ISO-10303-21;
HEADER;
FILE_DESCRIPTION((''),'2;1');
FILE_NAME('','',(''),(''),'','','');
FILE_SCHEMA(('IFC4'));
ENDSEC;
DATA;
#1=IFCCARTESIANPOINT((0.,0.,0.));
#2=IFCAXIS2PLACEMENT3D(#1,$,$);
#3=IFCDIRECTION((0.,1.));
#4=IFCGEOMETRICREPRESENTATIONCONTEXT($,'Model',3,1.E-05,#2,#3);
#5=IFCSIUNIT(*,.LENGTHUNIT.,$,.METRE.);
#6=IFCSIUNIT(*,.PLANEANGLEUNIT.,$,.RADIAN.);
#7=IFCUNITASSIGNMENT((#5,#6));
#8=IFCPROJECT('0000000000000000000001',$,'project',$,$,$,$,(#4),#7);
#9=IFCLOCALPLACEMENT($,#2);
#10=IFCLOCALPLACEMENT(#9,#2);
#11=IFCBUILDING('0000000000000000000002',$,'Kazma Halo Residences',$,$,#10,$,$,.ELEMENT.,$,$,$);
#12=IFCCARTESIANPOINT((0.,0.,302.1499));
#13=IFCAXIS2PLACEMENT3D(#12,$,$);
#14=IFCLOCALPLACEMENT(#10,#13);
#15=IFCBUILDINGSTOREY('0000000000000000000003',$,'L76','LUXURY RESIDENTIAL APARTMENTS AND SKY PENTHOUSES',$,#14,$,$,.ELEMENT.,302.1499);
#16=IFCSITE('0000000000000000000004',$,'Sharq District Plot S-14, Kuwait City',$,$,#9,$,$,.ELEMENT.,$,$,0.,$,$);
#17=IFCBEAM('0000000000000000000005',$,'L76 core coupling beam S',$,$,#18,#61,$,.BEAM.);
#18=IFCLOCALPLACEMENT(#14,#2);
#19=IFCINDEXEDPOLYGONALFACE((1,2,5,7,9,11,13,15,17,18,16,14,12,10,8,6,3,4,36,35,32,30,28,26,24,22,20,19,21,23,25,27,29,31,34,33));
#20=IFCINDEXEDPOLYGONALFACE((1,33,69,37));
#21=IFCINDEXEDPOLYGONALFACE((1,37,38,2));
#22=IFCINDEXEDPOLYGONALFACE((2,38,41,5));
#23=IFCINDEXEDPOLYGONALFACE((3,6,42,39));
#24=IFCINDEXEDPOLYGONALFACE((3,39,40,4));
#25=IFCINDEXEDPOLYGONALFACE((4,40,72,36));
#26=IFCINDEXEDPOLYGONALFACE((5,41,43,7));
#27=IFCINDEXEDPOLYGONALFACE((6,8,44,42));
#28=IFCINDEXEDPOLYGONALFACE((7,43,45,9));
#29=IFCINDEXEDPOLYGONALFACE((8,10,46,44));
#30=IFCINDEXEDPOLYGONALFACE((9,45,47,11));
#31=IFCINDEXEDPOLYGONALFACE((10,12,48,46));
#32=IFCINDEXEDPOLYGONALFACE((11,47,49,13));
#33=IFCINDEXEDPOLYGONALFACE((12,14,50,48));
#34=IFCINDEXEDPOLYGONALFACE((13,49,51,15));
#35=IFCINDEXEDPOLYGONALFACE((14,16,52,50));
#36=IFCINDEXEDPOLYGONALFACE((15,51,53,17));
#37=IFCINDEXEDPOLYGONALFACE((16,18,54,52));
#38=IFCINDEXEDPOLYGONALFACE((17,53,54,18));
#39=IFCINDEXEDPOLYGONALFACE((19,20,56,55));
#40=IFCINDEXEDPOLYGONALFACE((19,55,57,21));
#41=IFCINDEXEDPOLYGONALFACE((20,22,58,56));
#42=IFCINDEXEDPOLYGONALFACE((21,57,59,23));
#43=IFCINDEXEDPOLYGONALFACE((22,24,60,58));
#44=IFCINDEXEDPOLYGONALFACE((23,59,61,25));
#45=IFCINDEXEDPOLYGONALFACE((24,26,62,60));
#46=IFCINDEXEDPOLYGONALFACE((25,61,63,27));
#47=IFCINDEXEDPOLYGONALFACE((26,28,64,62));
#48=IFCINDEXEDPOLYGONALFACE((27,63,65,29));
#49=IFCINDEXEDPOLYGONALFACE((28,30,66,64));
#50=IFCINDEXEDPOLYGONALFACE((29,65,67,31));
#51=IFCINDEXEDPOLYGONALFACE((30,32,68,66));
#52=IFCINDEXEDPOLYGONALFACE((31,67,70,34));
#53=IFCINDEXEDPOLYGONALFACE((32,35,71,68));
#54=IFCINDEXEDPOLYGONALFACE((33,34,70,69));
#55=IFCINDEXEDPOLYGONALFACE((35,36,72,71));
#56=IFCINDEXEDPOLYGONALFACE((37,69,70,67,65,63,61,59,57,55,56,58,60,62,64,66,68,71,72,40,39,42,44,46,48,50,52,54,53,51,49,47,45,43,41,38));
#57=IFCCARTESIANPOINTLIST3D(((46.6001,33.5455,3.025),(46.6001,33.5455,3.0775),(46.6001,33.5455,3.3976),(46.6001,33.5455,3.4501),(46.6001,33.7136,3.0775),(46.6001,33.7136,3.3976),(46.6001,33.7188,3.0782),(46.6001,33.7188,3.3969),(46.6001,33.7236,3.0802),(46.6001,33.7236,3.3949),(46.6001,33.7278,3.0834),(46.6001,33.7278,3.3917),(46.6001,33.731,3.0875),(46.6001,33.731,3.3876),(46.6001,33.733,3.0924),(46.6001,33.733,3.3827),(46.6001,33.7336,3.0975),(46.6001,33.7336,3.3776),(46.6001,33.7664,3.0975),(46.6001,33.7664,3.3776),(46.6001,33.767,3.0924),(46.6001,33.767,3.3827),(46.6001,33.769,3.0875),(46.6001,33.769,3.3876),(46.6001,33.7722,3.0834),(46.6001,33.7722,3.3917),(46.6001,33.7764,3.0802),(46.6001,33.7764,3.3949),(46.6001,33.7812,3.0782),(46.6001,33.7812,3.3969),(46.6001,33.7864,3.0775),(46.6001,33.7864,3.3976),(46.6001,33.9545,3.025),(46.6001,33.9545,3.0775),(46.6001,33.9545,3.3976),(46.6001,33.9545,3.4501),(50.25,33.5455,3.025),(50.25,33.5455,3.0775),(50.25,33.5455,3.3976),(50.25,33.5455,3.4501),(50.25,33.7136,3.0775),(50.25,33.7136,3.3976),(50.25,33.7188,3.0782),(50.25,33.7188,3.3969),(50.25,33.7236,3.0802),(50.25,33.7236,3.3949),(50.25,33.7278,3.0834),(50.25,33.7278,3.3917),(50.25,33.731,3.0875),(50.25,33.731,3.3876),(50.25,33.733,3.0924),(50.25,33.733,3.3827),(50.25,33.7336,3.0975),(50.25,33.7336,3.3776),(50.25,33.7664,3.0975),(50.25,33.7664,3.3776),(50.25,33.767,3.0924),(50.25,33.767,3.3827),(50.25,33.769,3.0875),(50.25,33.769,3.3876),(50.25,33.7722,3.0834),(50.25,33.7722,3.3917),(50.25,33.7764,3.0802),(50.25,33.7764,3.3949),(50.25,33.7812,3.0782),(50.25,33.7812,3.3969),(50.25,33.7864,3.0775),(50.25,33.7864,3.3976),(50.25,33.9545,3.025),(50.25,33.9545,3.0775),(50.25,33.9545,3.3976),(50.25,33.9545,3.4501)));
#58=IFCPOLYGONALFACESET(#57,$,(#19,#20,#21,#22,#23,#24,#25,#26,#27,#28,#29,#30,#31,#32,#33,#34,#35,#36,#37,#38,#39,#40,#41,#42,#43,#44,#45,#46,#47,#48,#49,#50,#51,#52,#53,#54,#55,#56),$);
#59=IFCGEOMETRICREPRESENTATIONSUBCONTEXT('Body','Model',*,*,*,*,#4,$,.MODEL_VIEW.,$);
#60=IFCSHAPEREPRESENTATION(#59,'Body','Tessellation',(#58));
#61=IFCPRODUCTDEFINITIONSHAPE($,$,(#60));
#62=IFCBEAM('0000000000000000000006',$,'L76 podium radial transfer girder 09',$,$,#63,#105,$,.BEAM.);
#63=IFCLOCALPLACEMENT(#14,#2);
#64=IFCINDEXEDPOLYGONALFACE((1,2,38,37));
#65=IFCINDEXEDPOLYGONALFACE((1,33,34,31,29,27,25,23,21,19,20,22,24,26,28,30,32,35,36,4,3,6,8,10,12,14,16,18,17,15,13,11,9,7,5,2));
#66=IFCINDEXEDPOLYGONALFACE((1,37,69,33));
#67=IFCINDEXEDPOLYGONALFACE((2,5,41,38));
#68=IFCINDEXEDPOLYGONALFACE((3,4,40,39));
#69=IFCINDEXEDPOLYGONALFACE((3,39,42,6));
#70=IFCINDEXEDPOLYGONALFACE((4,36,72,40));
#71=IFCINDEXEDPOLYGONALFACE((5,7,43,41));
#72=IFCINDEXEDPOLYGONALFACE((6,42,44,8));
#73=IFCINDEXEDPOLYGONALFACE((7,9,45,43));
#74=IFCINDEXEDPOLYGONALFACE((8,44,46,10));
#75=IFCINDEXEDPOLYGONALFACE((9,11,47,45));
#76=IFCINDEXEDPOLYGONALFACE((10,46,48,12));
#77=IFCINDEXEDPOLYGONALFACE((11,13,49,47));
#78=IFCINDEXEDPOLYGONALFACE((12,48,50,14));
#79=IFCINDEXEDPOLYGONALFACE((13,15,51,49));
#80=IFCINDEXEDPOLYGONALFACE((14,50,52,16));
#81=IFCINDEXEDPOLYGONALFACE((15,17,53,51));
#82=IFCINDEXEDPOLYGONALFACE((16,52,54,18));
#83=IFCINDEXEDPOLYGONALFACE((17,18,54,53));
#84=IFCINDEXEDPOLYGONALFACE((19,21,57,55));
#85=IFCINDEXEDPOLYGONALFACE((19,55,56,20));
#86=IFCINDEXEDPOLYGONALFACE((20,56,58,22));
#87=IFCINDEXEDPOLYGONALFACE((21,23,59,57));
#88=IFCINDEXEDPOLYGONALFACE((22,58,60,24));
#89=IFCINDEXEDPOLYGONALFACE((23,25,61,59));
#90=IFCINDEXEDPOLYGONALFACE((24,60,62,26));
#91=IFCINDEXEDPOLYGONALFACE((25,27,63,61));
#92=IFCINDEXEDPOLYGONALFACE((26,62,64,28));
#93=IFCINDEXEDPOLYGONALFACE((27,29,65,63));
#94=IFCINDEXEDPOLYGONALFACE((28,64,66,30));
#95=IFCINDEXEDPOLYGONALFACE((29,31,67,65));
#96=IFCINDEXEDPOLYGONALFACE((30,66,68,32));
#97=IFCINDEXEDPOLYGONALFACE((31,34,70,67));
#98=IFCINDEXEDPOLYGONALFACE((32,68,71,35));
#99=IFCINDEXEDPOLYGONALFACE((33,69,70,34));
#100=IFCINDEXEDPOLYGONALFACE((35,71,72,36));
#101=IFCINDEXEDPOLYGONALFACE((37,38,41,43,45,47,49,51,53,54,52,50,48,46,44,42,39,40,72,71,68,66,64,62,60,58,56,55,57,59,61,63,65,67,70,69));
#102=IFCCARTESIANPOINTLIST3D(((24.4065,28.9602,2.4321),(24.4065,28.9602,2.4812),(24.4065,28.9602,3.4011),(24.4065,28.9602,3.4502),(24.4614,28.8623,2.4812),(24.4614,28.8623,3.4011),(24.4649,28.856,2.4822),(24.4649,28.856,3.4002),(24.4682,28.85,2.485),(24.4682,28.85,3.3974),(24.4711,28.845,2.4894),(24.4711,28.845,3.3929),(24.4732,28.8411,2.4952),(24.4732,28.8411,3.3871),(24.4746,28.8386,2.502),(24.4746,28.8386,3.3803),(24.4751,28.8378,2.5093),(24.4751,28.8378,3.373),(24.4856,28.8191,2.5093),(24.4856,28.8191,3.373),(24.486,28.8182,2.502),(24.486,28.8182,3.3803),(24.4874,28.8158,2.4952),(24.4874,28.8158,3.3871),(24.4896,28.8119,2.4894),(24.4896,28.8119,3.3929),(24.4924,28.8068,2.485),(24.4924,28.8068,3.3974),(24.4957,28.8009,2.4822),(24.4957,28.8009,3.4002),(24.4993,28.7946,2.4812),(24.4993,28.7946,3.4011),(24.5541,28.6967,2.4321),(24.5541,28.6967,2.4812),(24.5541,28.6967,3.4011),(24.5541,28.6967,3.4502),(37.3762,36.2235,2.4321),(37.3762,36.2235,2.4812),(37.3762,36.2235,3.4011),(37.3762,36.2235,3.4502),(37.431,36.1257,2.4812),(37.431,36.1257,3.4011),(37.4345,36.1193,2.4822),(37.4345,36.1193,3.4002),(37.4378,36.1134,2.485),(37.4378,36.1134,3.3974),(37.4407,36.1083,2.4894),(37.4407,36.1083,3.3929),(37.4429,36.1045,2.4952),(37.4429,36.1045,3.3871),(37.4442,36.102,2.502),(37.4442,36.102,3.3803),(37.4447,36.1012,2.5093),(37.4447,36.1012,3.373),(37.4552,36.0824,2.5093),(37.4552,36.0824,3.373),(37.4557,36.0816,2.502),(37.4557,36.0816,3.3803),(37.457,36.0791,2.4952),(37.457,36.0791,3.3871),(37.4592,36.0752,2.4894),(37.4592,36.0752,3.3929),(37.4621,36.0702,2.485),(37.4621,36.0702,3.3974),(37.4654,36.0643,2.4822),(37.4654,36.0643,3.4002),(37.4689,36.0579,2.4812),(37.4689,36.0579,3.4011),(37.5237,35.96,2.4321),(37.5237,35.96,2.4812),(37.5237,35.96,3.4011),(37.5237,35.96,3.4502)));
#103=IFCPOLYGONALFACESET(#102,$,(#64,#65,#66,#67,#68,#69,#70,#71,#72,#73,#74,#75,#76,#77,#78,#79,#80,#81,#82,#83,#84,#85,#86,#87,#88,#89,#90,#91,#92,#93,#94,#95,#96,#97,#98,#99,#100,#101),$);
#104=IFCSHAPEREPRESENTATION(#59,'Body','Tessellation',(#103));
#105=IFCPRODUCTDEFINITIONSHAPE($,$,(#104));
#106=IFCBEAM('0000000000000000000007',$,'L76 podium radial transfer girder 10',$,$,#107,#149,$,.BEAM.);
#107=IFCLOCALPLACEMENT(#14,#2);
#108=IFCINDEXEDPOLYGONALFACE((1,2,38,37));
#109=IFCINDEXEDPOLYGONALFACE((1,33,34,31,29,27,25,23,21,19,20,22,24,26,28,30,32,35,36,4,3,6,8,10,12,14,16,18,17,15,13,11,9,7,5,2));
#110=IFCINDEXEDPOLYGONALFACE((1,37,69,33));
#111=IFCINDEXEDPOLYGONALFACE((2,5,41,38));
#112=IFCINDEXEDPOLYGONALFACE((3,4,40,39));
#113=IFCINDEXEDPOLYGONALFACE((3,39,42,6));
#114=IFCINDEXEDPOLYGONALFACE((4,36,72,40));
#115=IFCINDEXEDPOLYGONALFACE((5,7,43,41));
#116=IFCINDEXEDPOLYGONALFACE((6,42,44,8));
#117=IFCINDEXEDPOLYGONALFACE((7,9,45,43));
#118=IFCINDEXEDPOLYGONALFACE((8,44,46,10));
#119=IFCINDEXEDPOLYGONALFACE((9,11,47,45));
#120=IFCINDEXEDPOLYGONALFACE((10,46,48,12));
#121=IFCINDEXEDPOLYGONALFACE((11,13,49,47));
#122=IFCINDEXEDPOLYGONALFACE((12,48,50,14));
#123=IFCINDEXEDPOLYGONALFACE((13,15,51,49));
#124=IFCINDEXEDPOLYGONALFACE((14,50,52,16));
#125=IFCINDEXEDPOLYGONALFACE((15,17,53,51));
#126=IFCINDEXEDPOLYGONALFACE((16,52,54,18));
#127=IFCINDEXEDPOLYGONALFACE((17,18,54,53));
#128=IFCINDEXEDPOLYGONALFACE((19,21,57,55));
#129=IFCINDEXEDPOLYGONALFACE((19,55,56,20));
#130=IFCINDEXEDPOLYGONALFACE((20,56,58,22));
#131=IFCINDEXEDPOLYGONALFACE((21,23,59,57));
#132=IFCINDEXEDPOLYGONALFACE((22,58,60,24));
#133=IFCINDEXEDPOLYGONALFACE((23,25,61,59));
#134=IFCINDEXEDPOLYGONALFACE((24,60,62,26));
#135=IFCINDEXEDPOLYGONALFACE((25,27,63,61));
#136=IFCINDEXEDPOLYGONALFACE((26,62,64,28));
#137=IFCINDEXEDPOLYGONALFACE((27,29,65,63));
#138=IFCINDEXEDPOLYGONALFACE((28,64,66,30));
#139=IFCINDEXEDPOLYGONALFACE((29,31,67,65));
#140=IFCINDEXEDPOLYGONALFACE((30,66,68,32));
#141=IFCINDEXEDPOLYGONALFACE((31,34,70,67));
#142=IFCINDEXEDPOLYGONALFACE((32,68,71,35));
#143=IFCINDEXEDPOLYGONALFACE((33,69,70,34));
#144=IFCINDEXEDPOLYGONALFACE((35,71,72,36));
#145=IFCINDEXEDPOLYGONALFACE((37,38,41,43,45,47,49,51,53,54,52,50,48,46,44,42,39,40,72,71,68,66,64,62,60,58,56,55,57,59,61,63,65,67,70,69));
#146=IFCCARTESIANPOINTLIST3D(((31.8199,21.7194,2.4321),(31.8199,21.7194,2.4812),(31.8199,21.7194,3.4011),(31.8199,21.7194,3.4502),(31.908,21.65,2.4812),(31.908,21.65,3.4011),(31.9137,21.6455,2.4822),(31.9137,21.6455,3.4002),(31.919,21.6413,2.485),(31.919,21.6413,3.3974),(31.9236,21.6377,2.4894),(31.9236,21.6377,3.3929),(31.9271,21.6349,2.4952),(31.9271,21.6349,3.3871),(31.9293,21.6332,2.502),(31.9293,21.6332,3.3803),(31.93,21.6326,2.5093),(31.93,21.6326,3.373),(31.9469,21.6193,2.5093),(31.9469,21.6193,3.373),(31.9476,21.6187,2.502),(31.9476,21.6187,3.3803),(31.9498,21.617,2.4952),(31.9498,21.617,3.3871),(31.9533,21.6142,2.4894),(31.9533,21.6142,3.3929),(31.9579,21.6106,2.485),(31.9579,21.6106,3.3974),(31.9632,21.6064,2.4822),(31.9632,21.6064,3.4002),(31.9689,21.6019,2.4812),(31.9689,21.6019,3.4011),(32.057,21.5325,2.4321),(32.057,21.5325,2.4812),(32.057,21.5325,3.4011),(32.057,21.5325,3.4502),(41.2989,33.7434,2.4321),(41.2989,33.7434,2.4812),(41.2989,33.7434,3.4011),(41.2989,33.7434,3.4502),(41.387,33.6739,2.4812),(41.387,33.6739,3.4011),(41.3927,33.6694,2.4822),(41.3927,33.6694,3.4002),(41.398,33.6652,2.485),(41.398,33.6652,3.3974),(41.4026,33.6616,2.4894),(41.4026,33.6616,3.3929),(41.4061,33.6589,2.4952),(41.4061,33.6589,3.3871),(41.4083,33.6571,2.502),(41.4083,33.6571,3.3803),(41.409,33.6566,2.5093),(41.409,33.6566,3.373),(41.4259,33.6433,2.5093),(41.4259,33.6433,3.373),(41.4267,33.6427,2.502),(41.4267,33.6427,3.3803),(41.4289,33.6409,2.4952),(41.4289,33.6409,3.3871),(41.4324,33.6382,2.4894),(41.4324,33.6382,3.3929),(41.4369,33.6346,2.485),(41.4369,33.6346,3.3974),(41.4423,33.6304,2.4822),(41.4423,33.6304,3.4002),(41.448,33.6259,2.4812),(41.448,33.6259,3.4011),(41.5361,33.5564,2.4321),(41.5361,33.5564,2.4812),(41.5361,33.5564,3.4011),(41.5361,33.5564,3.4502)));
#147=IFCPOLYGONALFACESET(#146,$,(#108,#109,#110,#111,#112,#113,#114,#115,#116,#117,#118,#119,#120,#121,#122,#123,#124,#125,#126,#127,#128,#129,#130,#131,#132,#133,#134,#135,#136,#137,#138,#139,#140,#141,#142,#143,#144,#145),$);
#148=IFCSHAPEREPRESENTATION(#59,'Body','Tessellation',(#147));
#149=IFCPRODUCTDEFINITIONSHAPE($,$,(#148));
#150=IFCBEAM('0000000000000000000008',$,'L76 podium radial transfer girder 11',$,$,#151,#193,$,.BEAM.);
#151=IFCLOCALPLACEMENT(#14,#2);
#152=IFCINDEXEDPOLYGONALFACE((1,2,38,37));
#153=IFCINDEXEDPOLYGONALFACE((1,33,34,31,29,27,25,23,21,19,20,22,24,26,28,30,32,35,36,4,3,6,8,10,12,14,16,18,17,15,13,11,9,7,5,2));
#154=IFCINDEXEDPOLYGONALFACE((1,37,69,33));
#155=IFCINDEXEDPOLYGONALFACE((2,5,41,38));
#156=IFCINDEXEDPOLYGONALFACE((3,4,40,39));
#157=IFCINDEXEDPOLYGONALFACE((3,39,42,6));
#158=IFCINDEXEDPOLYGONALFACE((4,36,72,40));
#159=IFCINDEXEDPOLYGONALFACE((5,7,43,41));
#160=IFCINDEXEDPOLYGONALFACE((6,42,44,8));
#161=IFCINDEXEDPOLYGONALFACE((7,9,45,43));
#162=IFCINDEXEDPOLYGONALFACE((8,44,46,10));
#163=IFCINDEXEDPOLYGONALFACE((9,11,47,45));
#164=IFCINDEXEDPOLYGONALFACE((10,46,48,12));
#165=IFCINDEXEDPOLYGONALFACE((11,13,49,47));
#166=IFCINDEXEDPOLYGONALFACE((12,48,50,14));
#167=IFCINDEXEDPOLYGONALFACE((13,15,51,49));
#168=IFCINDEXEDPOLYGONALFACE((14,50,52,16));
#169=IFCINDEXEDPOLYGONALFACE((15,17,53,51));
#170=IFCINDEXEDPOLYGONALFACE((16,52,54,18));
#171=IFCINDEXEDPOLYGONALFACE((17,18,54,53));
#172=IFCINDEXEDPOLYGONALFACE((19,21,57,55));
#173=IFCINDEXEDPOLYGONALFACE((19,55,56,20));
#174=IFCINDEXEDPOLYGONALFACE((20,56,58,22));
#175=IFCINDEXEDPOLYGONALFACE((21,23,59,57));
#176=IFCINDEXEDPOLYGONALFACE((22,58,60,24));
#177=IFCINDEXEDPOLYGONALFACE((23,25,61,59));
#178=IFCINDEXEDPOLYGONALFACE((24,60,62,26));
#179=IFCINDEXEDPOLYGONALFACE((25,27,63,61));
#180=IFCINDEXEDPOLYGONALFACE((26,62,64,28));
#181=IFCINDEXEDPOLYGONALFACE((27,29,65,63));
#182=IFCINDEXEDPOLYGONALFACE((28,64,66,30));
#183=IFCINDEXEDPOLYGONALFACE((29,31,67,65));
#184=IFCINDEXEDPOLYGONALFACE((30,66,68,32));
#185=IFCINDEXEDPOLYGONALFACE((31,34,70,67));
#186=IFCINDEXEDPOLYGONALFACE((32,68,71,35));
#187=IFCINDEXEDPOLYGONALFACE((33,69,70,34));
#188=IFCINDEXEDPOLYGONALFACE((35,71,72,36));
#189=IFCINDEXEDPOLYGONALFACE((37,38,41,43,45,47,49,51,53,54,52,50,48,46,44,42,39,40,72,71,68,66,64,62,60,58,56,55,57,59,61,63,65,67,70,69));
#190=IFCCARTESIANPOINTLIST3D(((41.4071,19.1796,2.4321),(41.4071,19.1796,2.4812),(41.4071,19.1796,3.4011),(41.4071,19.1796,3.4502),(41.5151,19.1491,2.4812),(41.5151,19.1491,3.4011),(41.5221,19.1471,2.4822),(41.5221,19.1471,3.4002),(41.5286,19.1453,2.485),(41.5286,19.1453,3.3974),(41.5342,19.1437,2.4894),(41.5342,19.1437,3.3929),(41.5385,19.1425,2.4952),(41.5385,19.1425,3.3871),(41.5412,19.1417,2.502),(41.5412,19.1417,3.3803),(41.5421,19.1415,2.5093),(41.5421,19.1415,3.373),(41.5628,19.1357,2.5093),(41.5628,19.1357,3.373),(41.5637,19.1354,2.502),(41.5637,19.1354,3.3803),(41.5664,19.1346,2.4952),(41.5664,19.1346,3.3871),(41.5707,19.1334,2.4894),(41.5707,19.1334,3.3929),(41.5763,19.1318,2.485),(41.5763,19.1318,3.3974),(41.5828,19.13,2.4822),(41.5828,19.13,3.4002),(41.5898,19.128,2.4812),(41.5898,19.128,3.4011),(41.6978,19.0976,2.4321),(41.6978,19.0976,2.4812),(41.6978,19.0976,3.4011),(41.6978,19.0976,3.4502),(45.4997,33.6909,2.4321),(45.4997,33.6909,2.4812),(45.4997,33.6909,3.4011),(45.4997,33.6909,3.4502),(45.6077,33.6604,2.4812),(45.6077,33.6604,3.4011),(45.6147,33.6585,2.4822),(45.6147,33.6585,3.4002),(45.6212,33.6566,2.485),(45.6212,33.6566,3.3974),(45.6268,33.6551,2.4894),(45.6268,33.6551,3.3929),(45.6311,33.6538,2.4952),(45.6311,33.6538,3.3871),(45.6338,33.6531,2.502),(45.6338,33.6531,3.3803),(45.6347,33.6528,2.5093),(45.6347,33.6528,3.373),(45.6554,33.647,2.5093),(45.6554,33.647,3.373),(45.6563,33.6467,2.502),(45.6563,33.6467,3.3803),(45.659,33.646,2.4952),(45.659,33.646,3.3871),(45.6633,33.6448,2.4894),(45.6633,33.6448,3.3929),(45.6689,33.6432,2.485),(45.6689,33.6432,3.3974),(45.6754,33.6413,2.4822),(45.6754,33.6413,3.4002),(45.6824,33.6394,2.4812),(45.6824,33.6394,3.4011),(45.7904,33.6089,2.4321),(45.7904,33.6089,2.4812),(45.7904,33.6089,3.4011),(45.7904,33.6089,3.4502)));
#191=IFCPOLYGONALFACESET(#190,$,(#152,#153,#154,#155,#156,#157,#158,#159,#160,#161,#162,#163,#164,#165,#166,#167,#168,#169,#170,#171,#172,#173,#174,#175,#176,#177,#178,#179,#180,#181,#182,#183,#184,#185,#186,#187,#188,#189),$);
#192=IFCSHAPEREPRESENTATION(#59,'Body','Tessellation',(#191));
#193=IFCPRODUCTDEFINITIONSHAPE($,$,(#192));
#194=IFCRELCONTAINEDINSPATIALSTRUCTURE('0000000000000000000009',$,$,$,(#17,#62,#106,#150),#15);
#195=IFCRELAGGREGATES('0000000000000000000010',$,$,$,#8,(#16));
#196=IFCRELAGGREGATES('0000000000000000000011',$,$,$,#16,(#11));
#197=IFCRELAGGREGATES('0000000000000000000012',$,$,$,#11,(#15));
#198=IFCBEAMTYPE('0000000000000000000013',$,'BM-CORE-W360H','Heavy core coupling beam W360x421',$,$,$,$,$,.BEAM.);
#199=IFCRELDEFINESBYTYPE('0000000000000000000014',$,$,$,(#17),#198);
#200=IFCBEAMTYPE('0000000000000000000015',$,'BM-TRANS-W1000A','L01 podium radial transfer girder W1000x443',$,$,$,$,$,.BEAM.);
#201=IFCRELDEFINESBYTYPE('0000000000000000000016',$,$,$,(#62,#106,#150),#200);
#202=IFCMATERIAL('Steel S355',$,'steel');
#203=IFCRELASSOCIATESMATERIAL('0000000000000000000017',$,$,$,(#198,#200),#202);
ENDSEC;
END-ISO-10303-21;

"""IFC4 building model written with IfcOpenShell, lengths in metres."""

from ifc_helpers import new_model, si_unit, direction, frame, origin, origin_2d, place, context, subcontext, project, spatial, i_section, extrude, material, material_profile, profile_set, type_object, element, save


model = new_model("IFC4")

# Units and contexts
model_context = context("Model", 3, precision=1e-05, world=origin(), true_north=direction((0.0, 1.0)))
body_context = subcontext(model_context, "Body", "Model", "MODEL_VIEW")
ifc_project = project(units=[si_unit("LENGTHUNIT", "METRE"), si_unit("PLANEANGLEUNIT", "RADIAN")], contexts=[model_context])

# Site, building, storey
site_placement = place(None, origin())
site = spatial("IfcSite", under=ifc_project, at=site_placement, Name="Sharq District Plot S-14, Kuwait City", CompositionType="ELEMENT", RefElevation=0.0)
building_placement = place(site_placement, origin())
building = spatial("IfcBuilding", under=site, at=building_placement, Name="Kazma Halo Residences", CompositionType="ELEMENT")
storey_placement = place(building_placement, frame((0.0, 0.0, 302.1499)))
storey = spatial("IfcBuildingStorey", under=building, at=storey_placement, Name="L76", Description="LUXURY RESIDENTIAL APARTMENTS AND SKY PENTHOUSES", CompositionType="ELEMENT", Elevation=302.1499)

# Beams
ifc_material_1 = material(Name="Steel S355", Category="steel")
ifc_material_profile_1 = material_profile(ifc_material_1, i_section(OverallWidth=0.4089, OverallDepth=0.425, WebThickness=0.0327, FlangeThickness=0.0525, FilletRadius=0.02, at=origin_2d()), Name="W360x421")
ifc_profile_set_1 = profile_set([ifc_material_profile_1], Name="Steel S355")
beam_type_1 = type_object("IfcBeamType", Name="BM-CORE-W360H", Description="Heavy core coupling beam W360x421", PredefinedType="BEAM", material=ifc_profile_set_1)
beam_1_placement = place(storey_placement, frame((46.6001, 33.75, 3.2375), z_axis=(1.0, 0.0, 0.0), x_axis=(0.0, 1.0, 0.0)))
element("IfcBeam", 1, at=beam_1_placement, inside=storey, type_object=beam_type_1, Name="L76 core coupling beam S", PredefinedType="BEAM", context=body_context, shape_type="SweptSolid", body=[
    extrude(i_section(OverallWidth=0.4089, OverallDepth=0.425, WebThickness=0.0327, FlangeThickness=0.0525, FilletRadius=0.02, at=origin_2d()), origin(), (0.0, 0.0, 1.0), 3.6499),
])
ifc_material_profile_2 = material_profile(ifc_material_1, i_section(OverallWidth=0.302, OverallDepth=1.0181, WebThickness=0.0215, FlangeThickness=0.0491, FilletRadius=0.0281, at=origin_2d()), Name="W1000x443")
ifc_profile_set_2 = profile_set([ifc_material_profile_2], Name="Steel S355")
beam_type_2 = type_object("IfcBeamType", Name="BM-TRANS-W1000A", Description="L01 podium radial transfer girder W1000x443", PredefinedType="BEAM", material=ifc_profile_set_2)
beam_2_placement = place(storey_placement, frame((37.45, 36.0918, 2.9412), z_axis=(-0.872495, -0.488623, 0.0), x_axis=(0.488623, -0.872495, 0.0)))
element("IfcBeam", 2, at=beam_2_placement, inside=storey, type_object=beam_type_2, Name="L76 podium radial transfer girder 09", PredefinedType="BEAM", context=body_context, shape_type="SweptSolid", body=[
    extrude(i_section(OverallWidth=0.302, OverallDepth=1.0181, WebThickness=0.0215, FlangeThickness=0.0491, FilletRadius=0.0281, at=origin_2d()), origin(), (0.0, 0.0, 1.0), 14.865),
])
beam_3_placement = place(storey_placement, frame((41.4175, 33.6499, 2.9412), z_axis=(-0.619098, -0.785314, 0.0), x_axis=(0.785314, -0.619098, 0.0)))
element("IfcBeam", 3, at=beam_3_placement, inside=storey, type_object=beam_type_2, Name="L76 podium radial transfer girder 10", PredefinedType="BEAM", context=body_context, shape_type="SweptSolid", body=[
    extrude(i_section(OverallWidth=0.302, OverallDepth=1.0181, WebThickness=0.0215, FlangeThickness=0.0491, FilletRadius=0.0281, at=origin_2d()), origin(), (0.0, 0.0, 1.0), 15.311),
])
beam_4_placement = place(storey_placement, frame((45.645, 33.6499, 2.9412), z_axis=(-0.271437, -0.962456, 0.0), x_axis=(0.962456, -0.271437, 0.0)))
element("IfcBeam", 4, at=beam_4_placement, inside=storey, type_object=beam_type_2, Name="L76 podium radial transfer girder 11", PredefinedType="BEAM", context=body_context, shape_type="SweptSolid", body=[
    extrude(i_section(OverallWidth=0.302, OverallDepth=1.0181, WebThickness=0.0215, FlangeThickness=0.0491, FilletRadius=0.0281, at=origin_2d()), origin(), (0.0, 0.0, 1.0), 15.0774),
])

save(model, "model.ifc")
